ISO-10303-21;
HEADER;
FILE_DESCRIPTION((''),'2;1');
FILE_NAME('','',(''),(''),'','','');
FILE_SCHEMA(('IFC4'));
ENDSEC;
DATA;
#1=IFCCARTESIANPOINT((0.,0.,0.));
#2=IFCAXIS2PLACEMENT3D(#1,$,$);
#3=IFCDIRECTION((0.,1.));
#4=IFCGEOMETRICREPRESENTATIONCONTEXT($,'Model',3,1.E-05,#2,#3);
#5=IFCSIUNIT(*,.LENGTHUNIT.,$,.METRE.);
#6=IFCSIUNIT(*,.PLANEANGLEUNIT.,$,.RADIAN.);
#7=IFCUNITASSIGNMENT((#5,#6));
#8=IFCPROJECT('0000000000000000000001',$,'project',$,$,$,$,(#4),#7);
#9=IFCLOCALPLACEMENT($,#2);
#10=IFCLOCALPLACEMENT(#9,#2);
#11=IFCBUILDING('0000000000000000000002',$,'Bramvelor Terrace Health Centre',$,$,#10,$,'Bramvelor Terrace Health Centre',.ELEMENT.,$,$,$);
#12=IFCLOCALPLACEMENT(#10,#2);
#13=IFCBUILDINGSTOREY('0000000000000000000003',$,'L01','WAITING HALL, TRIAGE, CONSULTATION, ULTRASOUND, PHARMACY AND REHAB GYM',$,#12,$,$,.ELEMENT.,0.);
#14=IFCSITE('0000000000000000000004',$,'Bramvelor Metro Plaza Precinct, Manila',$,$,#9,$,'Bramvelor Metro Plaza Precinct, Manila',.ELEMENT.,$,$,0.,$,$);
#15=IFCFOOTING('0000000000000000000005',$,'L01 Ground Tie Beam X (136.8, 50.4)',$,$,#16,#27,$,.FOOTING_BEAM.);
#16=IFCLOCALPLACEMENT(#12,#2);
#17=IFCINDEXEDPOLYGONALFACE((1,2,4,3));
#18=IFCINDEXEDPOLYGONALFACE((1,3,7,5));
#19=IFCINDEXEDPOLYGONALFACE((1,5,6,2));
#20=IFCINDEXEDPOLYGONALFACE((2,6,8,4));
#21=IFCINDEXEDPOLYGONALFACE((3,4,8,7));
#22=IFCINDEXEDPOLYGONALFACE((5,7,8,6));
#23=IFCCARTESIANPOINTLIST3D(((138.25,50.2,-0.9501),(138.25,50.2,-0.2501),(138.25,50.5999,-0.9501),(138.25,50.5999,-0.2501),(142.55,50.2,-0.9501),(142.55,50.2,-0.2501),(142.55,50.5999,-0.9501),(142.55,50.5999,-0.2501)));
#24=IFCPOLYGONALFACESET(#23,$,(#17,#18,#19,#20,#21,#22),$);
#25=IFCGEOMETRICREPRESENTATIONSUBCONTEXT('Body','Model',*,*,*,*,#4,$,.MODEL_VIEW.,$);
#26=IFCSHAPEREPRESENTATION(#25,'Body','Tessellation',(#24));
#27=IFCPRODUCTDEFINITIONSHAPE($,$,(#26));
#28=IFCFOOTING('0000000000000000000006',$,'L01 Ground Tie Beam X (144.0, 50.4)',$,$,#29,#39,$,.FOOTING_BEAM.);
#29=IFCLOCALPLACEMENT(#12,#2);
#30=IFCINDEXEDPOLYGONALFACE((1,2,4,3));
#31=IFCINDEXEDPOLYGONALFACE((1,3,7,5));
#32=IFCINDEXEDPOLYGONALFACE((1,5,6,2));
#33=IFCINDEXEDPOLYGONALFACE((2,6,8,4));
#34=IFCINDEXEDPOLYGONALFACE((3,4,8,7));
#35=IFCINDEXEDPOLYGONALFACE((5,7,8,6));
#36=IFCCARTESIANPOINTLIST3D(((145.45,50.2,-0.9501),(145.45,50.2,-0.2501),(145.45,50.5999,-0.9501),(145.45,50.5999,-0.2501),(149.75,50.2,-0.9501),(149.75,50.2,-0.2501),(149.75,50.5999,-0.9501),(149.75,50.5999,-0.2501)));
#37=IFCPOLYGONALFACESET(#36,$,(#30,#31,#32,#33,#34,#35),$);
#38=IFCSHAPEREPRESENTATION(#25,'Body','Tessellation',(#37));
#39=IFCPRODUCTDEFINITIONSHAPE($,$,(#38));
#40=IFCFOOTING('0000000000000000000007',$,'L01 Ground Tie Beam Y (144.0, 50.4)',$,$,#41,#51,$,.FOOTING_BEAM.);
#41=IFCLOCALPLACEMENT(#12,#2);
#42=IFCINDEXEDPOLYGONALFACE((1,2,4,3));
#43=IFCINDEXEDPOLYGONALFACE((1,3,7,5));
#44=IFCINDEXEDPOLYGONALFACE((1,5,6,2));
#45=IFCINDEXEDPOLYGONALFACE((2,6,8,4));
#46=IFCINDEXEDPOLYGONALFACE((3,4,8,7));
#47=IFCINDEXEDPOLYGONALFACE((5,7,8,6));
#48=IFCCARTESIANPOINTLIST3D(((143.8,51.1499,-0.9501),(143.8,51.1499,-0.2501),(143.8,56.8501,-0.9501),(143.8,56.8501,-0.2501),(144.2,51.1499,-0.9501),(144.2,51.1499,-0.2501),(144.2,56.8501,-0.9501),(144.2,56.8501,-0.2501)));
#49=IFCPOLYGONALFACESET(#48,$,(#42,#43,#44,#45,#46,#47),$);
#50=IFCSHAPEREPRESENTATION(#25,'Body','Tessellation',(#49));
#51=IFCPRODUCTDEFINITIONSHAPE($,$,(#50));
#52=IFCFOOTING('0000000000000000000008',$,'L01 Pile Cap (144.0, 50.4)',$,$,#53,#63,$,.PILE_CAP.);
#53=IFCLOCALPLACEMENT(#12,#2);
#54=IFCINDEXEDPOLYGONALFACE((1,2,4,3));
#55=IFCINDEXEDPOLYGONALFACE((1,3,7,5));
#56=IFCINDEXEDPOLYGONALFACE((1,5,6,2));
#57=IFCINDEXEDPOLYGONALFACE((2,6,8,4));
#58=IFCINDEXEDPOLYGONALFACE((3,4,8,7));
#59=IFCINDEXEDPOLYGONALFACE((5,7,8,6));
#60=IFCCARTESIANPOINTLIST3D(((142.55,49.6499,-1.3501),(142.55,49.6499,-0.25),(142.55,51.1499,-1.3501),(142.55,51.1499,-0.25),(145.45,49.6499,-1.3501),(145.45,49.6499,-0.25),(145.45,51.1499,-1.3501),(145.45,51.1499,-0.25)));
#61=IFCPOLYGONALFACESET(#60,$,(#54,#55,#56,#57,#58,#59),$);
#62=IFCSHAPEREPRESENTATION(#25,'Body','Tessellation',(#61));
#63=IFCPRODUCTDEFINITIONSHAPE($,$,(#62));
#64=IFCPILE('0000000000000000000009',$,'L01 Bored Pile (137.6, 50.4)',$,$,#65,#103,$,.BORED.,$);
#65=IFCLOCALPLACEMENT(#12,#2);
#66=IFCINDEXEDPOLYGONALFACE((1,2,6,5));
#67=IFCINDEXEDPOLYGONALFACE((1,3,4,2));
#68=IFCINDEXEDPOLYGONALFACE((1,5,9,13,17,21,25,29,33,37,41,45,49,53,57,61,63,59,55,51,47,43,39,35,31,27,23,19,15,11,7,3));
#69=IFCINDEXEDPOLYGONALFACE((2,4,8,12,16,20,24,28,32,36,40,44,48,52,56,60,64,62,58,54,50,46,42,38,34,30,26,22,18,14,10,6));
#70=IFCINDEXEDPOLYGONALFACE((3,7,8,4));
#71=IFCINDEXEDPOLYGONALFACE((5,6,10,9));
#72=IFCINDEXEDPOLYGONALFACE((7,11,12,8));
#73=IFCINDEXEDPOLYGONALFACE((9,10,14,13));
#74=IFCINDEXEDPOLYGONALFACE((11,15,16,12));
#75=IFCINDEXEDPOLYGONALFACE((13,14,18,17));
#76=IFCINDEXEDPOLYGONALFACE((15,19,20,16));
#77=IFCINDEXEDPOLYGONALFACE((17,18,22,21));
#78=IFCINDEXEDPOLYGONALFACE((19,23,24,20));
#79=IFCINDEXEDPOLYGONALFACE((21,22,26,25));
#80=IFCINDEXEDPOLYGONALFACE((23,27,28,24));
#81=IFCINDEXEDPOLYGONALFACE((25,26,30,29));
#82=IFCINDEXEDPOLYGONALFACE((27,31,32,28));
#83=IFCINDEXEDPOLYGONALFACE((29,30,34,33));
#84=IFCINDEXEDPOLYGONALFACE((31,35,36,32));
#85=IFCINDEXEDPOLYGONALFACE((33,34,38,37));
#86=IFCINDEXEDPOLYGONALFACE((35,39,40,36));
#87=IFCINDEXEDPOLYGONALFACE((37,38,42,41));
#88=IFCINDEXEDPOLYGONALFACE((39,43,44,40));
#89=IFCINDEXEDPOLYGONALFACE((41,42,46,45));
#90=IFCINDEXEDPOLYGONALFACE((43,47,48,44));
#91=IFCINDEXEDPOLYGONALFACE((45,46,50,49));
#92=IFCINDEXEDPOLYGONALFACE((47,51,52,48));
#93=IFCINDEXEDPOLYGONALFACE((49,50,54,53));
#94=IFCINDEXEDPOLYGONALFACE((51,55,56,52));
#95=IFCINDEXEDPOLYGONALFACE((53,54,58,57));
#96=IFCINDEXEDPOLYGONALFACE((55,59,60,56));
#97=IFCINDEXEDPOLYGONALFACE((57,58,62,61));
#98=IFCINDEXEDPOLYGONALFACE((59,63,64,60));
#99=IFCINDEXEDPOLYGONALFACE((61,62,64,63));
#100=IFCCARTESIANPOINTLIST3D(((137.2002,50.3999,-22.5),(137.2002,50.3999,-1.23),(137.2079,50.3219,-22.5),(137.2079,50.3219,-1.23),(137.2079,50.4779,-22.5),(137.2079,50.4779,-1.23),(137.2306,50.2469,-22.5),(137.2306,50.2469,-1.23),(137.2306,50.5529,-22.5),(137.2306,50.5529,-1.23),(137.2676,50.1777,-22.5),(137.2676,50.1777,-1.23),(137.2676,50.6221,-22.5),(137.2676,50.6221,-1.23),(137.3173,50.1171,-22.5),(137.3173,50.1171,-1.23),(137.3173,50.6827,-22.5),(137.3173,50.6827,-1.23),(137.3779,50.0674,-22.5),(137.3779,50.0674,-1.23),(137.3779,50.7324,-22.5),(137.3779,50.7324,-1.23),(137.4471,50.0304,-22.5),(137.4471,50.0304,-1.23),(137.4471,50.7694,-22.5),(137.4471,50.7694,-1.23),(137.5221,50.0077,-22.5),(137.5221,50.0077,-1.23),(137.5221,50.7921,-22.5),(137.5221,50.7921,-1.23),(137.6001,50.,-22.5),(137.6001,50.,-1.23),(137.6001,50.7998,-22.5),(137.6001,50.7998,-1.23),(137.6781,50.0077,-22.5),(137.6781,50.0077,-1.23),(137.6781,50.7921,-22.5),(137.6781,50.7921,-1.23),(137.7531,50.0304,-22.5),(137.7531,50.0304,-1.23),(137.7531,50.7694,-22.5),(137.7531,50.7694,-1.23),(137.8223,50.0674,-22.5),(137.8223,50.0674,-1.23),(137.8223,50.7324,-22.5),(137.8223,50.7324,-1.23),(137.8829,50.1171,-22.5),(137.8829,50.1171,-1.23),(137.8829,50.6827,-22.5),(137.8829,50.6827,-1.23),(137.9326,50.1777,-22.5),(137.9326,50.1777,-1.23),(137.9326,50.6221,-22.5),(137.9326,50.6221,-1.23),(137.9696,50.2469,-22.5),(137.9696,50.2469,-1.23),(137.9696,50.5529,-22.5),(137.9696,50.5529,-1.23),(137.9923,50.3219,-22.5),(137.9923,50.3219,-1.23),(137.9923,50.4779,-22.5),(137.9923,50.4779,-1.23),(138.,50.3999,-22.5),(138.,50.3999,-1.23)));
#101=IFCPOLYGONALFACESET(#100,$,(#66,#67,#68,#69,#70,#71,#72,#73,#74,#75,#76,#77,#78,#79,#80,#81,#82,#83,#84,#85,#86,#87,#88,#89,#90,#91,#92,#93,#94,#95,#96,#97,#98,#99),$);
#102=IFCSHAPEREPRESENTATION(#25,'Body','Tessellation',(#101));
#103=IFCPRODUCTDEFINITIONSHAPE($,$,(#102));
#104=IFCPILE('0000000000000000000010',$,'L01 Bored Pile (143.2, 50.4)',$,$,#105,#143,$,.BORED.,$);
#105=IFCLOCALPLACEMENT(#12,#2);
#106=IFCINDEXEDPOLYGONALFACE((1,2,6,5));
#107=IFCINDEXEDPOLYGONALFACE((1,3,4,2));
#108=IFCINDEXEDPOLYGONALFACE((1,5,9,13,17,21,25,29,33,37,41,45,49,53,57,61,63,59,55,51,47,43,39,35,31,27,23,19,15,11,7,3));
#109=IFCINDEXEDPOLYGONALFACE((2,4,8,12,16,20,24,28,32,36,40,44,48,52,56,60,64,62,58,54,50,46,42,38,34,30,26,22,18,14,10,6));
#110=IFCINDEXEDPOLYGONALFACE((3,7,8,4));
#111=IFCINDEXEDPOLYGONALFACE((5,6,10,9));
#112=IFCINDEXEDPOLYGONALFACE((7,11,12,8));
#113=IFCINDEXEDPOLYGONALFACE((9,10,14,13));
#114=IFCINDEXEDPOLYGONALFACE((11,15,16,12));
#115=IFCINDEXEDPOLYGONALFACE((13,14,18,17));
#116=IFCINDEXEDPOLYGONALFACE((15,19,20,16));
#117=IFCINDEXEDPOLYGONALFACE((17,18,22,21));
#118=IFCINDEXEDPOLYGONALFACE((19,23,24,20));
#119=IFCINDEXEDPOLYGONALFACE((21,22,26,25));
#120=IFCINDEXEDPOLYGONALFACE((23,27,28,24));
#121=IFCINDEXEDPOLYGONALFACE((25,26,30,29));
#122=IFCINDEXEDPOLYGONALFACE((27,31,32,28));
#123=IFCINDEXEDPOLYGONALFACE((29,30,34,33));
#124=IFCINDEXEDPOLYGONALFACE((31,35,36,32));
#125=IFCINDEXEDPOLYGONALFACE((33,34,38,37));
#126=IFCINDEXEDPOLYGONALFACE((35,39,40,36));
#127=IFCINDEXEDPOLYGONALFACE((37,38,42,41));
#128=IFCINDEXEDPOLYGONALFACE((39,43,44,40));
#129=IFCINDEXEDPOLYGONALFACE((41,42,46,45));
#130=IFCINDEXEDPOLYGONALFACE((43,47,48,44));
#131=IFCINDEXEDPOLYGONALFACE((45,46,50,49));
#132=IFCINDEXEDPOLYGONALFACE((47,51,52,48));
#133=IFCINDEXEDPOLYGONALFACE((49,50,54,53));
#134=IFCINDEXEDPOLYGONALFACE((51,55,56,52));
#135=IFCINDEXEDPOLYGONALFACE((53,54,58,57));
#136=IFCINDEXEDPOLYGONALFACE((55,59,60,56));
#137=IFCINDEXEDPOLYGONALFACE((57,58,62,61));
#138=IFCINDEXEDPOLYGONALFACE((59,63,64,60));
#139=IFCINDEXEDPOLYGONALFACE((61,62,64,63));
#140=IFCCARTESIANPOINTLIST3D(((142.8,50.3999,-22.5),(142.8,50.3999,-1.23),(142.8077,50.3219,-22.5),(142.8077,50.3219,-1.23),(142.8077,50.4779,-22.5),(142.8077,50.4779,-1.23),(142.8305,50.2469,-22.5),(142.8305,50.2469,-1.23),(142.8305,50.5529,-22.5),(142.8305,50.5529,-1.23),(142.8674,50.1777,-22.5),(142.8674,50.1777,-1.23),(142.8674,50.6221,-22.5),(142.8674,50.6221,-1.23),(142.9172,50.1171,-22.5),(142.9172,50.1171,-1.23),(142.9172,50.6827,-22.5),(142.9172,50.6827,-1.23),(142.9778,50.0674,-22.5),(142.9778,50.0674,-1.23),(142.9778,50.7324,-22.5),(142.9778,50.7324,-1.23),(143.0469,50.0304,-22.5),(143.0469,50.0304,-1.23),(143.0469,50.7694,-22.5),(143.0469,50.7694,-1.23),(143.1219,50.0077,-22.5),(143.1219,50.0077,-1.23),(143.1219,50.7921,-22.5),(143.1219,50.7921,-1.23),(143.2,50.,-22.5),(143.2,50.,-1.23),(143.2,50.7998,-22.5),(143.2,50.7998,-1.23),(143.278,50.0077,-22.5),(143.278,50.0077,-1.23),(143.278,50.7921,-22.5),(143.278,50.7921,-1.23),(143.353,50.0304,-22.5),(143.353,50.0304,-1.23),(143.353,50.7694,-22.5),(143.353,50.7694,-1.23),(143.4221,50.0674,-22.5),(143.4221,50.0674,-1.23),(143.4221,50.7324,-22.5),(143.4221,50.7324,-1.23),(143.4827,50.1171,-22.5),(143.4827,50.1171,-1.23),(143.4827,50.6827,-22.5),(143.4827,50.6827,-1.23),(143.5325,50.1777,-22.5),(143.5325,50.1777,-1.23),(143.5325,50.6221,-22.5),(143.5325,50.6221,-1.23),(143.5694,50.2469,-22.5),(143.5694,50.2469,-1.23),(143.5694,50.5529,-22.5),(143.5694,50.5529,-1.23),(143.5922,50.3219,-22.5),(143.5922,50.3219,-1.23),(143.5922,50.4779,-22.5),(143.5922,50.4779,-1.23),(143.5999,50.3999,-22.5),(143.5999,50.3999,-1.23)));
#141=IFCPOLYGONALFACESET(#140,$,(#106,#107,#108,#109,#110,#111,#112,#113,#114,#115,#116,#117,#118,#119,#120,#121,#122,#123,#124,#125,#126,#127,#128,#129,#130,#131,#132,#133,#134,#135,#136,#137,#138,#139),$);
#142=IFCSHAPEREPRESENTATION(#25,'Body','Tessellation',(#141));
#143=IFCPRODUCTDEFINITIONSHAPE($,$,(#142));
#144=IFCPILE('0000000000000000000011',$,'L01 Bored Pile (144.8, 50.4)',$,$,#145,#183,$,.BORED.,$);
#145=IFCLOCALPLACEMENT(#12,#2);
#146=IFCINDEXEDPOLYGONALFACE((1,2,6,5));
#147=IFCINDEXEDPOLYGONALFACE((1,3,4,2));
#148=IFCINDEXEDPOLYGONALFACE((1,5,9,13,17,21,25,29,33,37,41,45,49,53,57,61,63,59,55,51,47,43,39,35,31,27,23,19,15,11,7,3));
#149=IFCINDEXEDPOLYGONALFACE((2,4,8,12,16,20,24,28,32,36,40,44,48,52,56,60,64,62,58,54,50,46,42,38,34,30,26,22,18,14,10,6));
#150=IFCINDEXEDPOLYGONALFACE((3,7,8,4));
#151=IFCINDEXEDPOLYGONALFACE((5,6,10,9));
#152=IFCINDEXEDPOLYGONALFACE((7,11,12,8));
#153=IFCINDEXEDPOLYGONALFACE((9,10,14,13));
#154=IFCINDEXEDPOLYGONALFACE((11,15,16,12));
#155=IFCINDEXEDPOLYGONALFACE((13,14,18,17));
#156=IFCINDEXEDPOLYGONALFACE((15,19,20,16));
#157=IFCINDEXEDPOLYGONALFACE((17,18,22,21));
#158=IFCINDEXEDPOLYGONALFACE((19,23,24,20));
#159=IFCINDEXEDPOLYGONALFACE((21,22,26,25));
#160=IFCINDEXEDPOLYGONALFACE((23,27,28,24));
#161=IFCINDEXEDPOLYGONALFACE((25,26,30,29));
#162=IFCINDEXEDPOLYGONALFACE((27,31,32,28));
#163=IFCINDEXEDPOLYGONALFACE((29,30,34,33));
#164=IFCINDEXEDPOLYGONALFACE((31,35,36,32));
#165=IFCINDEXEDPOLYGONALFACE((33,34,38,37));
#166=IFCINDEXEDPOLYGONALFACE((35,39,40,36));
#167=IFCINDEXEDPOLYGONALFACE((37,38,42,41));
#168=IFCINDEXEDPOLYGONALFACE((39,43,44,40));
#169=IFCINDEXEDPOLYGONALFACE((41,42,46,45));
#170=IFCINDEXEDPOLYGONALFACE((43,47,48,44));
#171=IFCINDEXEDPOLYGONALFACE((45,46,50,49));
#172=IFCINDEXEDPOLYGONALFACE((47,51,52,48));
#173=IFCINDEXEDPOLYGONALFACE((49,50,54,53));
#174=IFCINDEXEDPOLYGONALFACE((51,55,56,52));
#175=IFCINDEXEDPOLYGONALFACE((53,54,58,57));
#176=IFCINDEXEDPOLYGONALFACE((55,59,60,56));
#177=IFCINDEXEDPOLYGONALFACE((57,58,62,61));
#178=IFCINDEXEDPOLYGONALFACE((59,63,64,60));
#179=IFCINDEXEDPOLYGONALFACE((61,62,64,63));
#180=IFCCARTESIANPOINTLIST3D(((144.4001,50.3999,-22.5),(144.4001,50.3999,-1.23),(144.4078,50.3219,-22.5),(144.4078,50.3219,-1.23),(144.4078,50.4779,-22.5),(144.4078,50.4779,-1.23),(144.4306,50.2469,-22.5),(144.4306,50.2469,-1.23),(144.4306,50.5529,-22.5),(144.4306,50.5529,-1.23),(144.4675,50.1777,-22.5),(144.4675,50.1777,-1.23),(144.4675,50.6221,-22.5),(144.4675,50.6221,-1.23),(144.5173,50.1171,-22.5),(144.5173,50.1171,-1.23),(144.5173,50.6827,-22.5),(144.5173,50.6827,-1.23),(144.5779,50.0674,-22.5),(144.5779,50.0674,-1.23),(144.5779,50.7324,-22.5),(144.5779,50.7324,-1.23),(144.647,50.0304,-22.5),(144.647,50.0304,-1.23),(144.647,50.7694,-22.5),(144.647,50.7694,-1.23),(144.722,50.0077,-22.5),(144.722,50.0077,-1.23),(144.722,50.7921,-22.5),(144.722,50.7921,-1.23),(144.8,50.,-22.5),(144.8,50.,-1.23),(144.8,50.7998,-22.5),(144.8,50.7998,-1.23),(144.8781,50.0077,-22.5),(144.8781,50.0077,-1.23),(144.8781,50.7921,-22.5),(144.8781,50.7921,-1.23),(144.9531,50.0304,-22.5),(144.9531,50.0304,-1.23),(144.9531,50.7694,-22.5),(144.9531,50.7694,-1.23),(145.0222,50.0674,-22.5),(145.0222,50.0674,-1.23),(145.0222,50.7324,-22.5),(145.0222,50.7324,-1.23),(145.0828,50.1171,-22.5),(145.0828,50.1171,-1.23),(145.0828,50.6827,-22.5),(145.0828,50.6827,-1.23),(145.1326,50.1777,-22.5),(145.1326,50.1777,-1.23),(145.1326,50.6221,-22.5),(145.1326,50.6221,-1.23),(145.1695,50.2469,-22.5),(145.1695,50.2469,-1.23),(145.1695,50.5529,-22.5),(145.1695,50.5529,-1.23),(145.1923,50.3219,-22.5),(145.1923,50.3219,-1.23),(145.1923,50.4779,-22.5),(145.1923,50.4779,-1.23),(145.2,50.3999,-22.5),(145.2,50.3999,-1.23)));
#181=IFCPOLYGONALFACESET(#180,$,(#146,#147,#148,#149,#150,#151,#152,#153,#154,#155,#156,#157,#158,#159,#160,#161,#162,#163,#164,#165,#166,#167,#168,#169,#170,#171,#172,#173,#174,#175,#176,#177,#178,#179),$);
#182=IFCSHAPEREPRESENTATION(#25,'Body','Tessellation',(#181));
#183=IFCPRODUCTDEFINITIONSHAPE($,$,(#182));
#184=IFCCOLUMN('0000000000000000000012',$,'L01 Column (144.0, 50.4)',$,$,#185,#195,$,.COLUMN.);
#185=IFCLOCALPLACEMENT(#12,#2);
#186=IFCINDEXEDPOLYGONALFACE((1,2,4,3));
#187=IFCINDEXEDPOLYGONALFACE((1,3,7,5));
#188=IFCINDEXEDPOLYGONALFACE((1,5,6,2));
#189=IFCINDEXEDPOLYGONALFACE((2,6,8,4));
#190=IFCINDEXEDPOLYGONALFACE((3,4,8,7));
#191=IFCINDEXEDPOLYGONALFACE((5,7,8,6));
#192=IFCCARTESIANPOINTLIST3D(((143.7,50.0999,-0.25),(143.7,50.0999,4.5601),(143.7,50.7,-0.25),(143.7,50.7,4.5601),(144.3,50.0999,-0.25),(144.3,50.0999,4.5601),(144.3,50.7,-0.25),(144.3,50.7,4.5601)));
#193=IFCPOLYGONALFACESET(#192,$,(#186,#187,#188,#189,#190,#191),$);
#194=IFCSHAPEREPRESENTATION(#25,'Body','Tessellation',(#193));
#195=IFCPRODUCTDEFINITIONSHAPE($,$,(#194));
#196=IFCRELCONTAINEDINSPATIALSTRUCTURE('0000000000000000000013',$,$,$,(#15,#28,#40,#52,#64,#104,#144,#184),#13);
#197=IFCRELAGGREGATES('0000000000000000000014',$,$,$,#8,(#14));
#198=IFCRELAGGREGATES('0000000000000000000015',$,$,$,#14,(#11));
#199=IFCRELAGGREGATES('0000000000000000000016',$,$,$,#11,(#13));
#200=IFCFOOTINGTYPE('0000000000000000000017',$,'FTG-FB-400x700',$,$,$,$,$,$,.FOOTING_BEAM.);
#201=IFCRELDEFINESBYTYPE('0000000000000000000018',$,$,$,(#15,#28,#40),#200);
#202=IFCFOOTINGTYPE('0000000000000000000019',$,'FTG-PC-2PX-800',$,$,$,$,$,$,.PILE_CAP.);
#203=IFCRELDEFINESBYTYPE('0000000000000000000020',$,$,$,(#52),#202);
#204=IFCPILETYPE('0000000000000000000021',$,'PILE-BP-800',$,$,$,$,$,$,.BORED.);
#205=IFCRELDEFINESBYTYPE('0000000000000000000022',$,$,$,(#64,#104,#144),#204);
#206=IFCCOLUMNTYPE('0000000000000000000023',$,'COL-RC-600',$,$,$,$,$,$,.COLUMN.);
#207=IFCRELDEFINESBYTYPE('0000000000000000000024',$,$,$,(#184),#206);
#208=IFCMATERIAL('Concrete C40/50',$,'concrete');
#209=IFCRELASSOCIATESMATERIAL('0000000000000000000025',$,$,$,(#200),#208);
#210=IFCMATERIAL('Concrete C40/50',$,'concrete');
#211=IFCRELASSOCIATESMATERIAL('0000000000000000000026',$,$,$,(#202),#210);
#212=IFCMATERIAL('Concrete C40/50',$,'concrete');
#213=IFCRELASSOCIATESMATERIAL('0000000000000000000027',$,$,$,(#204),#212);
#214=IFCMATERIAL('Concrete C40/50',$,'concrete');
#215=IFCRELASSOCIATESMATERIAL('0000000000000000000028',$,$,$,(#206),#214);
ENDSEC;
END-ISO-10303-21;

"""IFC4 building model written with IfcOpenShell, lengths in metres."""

from ifc_helpers import new_model, si_unit, direction, frame, origin, origin_2d, place, context, subcontext, project, spatial, rectangle, circle, extrude, material, material_profile, profile_set, type_object, element, save


model = new_model("IFC4")

# Units and contexts
model_context = context("Model", 3, precision=1e-05, world=origin(), true_north=direction((0.0, 1.0)))
body_context = subcontext(model_context, "Body", "Model", "MODEL_VIEW")
ifc_project = project(units=[si_unit("LENGTHUNIT", "METRE"), si_unit("PLANEANGLEUNIT", "RADIAN")], contexts=[model_context])

# Site, building, storey
site_placement = place(None, origin())
site = spatial("IfcSite", under=ifc_project, at=site_placement, Name="Bramvelor Metro Plaza Precinct, Manila", LongName="Bramvelor Metro Plaza Precinct, Manila", CompositionType="ELEMENT", RefElevation=0.0)
building_placement = place(site_placement, origin())
building = spatial("IfcBuilding", under=site, at=building_placement, Name="Bramvelor Terrace Health Centre", LongName="Bramvelor Terrace Health Centre", CompositionType="ELEMENT")
storey_placement = place(building_placement, origin())
storey = spatial("IfcBuildingStorey", under=building, at=storey_placement, Name="L01", Description="WAITING HALL, TRIAGE, CONSULTATION, ULTRASOUND, PHARMACY AND REHAB GYM", CompositionType="ELEMENT", Elevation=0.0)

# Footings
ifc_material_1 = material(Name="Concrete C40/50", Category="concrete")
ifc_material_profile_1 = material_profile(ifc_material_1, rectangle(XDim=0.3999, YDim=0.7, at=origin_2d()), Name="RC 400x700")
ifc_profile_set_1 = profile_set([ifc_material_profile_1], Name="Concrete C40/50")
footing_type_1 = type_object("IfcFootingType", Name="FTG-FB-400x700", PredefinedType="FOOTING_BEAM", material=ifc_profile_set_1)
for number, where, z_axis, x_axis, name in (
    (1, (138.25, 50.3999, -0.6001), (1.0, 0.0, 0.0), (0.0, 1.0, 0.0), "L01 Ground Tie Beam X (136.8, 50.4)"),
    (2, (145.45, 50.3999, -0.6001), (1.0, 0.0, 0.0), (0.0, 1.0, 0.0), "L01 Ground Tie Beam X (144.0, 50.4)"),
):
    element("IfcFooting", number, at=place(storey_placement, frame(where, z_axis=z_axis, x_axis=x_axis)), inside=storey, type_object=footing_type_1, Name=name, PredefinedType="FOOTING_BEAM", context=body_context, shape_type="SweptSolid", body=[
        extrude(rectangle(XDim=0.3999, YDim=0.7, at=origin_2d()), origin(), (0.0, 0.0, 1.0), 4.3),
    ])
footing_1_placement = place(storey_placement, frame((144.0, 51.1499, -0.6001), z_axis=(0.0, 1.0, 0.0), x_axis=(-1.0, 0.0, 0.0)))
element("IfcFooting", 3, at=footing_1_placement, inside=storey, type_object=footing_type_1, Name="L01 Ground Tie Beam Y (144.0, 50.4)", PredefinedType="FOOTING_BEAM", context=body_context, shape_type="SweptSolid", body=[
    extrude(rectangle(XDim=0.3999, YDim=0.7, at=origin_2d()), origin(), (0.0, 0.0, 1.0), 5.7002),
])
ifc_material_2 = material(Name="Concrete C40/50", Category="concrete")
footing_type_2 = type_object("IfcFootingType", Name="FTG-PC-2PX-800", PredefinedType="PILE_CAP", material=ifc_material_2)
footing_2_placement = place(storey_placement, frame((144.0, 50.3999, -1.3501), z_axis=(0.0, 0.0, 1.0), x_axis=(1.0, 0.0, 0.0)))
element("IfcFooting", 4, at=footing_2_placement, inside=storey, type_object=footing_type_2, Name="L01 Pile Cap (144.0, 50.4)", PredefinedType="PILE_CAP", context=body_context, shape_type="SweptSolid", body=[
    extrude(rectangle(XDim=2.8999, YDim=1.5, at=origin_2d()), origin(), (0.0, 0.0, 1.0), 1.1001),
])

# Piles
ifc_material_3 = material(Name="Concrete C40/50", Category="concrete")
ifc_material_profile_2 = material_profile(ifc_material_3, circle(Radius=0.3999, at=origin_2d()), Name="BP D800")
ifc_profile_set_2 = profile_set([ifc_material_profile_2], Name="Concrete C40/50")
pile_type = type_object("IfcPileType", Name="PILE-BP-800", PredefinedType="BORED", material=ifc_profile_set_2)
for number, where, z_axis, x_axis, name in (
    (5, (137.6001, 50.3999, -1.23), (0.0, 0.0, -1.0), (1.0, 0.0, 0.0), "L01 Bored Pile (137.6, 50.4)"),
    (6, (143.2, 50.3999, -1.23), (0.0, 0.0, -1.0), (1.0, 0.0, 0.0), "L01 Bored Pile (143.2, 50.4)"),
    (7, (144.8, 50.3999, -1.23), (0.0, 0.0, -1.0), (1.0, 0.0, 0.0), "L01 Bored Pile (144.8, 50.4)"),
):
    element("IfcPile", number, at=place(storey_placement, frame(where, z_axis=z_axis, x_axis=x_axis)), inside=storey, type_object=pile_type, Name=name, PredefinedType="BORED", context=body_context, shape_type="SweptSolid", body=[
        extrude(circle(Radius=0.3999, at=origin_2d()), origin(), (0.0, 0.0, 1.0), 21.27),
    ])

# Column
ifc_material_4 = material(Name="Concrete C40/50", Category="concrete")
ifc_material_profile_3 = material_profile(ifc_material_4, rectangle(XDim=0.6001, YDim=0.6001, at=origin_2d()), Name="RC 600x600")
ifc_profile_set_3 = profile_set([ifc_material_profile_3], Name="Concrete C40/50")
column_type = type_object("IfcColumnType", Name="COL-RC-600", PredefinedType="COLUMN", material=ifc_profile_set_3)
column_placement = place(storey_placement, frame((144.0, 50.3999, -0.25), z_axis=(0.0, 0.0, 1.0), x_axis=(1.0, 0.0, 0.0)))
element("IfcColumn", 8, at=column_placement, inside=storey, type_object=column_type, Name="L01 Column (144.0, 50.4)", PredefinedType="COLUMN", context=body_context, shape_type="SweptSolid", body=[
    extrude(rectangle(XDim=0.6001, YDim=0.6001, at=origin_2d()), origin(), (0.0, 0.0, 1.0), 4.8101),
])

save(model, "model.ifc")
